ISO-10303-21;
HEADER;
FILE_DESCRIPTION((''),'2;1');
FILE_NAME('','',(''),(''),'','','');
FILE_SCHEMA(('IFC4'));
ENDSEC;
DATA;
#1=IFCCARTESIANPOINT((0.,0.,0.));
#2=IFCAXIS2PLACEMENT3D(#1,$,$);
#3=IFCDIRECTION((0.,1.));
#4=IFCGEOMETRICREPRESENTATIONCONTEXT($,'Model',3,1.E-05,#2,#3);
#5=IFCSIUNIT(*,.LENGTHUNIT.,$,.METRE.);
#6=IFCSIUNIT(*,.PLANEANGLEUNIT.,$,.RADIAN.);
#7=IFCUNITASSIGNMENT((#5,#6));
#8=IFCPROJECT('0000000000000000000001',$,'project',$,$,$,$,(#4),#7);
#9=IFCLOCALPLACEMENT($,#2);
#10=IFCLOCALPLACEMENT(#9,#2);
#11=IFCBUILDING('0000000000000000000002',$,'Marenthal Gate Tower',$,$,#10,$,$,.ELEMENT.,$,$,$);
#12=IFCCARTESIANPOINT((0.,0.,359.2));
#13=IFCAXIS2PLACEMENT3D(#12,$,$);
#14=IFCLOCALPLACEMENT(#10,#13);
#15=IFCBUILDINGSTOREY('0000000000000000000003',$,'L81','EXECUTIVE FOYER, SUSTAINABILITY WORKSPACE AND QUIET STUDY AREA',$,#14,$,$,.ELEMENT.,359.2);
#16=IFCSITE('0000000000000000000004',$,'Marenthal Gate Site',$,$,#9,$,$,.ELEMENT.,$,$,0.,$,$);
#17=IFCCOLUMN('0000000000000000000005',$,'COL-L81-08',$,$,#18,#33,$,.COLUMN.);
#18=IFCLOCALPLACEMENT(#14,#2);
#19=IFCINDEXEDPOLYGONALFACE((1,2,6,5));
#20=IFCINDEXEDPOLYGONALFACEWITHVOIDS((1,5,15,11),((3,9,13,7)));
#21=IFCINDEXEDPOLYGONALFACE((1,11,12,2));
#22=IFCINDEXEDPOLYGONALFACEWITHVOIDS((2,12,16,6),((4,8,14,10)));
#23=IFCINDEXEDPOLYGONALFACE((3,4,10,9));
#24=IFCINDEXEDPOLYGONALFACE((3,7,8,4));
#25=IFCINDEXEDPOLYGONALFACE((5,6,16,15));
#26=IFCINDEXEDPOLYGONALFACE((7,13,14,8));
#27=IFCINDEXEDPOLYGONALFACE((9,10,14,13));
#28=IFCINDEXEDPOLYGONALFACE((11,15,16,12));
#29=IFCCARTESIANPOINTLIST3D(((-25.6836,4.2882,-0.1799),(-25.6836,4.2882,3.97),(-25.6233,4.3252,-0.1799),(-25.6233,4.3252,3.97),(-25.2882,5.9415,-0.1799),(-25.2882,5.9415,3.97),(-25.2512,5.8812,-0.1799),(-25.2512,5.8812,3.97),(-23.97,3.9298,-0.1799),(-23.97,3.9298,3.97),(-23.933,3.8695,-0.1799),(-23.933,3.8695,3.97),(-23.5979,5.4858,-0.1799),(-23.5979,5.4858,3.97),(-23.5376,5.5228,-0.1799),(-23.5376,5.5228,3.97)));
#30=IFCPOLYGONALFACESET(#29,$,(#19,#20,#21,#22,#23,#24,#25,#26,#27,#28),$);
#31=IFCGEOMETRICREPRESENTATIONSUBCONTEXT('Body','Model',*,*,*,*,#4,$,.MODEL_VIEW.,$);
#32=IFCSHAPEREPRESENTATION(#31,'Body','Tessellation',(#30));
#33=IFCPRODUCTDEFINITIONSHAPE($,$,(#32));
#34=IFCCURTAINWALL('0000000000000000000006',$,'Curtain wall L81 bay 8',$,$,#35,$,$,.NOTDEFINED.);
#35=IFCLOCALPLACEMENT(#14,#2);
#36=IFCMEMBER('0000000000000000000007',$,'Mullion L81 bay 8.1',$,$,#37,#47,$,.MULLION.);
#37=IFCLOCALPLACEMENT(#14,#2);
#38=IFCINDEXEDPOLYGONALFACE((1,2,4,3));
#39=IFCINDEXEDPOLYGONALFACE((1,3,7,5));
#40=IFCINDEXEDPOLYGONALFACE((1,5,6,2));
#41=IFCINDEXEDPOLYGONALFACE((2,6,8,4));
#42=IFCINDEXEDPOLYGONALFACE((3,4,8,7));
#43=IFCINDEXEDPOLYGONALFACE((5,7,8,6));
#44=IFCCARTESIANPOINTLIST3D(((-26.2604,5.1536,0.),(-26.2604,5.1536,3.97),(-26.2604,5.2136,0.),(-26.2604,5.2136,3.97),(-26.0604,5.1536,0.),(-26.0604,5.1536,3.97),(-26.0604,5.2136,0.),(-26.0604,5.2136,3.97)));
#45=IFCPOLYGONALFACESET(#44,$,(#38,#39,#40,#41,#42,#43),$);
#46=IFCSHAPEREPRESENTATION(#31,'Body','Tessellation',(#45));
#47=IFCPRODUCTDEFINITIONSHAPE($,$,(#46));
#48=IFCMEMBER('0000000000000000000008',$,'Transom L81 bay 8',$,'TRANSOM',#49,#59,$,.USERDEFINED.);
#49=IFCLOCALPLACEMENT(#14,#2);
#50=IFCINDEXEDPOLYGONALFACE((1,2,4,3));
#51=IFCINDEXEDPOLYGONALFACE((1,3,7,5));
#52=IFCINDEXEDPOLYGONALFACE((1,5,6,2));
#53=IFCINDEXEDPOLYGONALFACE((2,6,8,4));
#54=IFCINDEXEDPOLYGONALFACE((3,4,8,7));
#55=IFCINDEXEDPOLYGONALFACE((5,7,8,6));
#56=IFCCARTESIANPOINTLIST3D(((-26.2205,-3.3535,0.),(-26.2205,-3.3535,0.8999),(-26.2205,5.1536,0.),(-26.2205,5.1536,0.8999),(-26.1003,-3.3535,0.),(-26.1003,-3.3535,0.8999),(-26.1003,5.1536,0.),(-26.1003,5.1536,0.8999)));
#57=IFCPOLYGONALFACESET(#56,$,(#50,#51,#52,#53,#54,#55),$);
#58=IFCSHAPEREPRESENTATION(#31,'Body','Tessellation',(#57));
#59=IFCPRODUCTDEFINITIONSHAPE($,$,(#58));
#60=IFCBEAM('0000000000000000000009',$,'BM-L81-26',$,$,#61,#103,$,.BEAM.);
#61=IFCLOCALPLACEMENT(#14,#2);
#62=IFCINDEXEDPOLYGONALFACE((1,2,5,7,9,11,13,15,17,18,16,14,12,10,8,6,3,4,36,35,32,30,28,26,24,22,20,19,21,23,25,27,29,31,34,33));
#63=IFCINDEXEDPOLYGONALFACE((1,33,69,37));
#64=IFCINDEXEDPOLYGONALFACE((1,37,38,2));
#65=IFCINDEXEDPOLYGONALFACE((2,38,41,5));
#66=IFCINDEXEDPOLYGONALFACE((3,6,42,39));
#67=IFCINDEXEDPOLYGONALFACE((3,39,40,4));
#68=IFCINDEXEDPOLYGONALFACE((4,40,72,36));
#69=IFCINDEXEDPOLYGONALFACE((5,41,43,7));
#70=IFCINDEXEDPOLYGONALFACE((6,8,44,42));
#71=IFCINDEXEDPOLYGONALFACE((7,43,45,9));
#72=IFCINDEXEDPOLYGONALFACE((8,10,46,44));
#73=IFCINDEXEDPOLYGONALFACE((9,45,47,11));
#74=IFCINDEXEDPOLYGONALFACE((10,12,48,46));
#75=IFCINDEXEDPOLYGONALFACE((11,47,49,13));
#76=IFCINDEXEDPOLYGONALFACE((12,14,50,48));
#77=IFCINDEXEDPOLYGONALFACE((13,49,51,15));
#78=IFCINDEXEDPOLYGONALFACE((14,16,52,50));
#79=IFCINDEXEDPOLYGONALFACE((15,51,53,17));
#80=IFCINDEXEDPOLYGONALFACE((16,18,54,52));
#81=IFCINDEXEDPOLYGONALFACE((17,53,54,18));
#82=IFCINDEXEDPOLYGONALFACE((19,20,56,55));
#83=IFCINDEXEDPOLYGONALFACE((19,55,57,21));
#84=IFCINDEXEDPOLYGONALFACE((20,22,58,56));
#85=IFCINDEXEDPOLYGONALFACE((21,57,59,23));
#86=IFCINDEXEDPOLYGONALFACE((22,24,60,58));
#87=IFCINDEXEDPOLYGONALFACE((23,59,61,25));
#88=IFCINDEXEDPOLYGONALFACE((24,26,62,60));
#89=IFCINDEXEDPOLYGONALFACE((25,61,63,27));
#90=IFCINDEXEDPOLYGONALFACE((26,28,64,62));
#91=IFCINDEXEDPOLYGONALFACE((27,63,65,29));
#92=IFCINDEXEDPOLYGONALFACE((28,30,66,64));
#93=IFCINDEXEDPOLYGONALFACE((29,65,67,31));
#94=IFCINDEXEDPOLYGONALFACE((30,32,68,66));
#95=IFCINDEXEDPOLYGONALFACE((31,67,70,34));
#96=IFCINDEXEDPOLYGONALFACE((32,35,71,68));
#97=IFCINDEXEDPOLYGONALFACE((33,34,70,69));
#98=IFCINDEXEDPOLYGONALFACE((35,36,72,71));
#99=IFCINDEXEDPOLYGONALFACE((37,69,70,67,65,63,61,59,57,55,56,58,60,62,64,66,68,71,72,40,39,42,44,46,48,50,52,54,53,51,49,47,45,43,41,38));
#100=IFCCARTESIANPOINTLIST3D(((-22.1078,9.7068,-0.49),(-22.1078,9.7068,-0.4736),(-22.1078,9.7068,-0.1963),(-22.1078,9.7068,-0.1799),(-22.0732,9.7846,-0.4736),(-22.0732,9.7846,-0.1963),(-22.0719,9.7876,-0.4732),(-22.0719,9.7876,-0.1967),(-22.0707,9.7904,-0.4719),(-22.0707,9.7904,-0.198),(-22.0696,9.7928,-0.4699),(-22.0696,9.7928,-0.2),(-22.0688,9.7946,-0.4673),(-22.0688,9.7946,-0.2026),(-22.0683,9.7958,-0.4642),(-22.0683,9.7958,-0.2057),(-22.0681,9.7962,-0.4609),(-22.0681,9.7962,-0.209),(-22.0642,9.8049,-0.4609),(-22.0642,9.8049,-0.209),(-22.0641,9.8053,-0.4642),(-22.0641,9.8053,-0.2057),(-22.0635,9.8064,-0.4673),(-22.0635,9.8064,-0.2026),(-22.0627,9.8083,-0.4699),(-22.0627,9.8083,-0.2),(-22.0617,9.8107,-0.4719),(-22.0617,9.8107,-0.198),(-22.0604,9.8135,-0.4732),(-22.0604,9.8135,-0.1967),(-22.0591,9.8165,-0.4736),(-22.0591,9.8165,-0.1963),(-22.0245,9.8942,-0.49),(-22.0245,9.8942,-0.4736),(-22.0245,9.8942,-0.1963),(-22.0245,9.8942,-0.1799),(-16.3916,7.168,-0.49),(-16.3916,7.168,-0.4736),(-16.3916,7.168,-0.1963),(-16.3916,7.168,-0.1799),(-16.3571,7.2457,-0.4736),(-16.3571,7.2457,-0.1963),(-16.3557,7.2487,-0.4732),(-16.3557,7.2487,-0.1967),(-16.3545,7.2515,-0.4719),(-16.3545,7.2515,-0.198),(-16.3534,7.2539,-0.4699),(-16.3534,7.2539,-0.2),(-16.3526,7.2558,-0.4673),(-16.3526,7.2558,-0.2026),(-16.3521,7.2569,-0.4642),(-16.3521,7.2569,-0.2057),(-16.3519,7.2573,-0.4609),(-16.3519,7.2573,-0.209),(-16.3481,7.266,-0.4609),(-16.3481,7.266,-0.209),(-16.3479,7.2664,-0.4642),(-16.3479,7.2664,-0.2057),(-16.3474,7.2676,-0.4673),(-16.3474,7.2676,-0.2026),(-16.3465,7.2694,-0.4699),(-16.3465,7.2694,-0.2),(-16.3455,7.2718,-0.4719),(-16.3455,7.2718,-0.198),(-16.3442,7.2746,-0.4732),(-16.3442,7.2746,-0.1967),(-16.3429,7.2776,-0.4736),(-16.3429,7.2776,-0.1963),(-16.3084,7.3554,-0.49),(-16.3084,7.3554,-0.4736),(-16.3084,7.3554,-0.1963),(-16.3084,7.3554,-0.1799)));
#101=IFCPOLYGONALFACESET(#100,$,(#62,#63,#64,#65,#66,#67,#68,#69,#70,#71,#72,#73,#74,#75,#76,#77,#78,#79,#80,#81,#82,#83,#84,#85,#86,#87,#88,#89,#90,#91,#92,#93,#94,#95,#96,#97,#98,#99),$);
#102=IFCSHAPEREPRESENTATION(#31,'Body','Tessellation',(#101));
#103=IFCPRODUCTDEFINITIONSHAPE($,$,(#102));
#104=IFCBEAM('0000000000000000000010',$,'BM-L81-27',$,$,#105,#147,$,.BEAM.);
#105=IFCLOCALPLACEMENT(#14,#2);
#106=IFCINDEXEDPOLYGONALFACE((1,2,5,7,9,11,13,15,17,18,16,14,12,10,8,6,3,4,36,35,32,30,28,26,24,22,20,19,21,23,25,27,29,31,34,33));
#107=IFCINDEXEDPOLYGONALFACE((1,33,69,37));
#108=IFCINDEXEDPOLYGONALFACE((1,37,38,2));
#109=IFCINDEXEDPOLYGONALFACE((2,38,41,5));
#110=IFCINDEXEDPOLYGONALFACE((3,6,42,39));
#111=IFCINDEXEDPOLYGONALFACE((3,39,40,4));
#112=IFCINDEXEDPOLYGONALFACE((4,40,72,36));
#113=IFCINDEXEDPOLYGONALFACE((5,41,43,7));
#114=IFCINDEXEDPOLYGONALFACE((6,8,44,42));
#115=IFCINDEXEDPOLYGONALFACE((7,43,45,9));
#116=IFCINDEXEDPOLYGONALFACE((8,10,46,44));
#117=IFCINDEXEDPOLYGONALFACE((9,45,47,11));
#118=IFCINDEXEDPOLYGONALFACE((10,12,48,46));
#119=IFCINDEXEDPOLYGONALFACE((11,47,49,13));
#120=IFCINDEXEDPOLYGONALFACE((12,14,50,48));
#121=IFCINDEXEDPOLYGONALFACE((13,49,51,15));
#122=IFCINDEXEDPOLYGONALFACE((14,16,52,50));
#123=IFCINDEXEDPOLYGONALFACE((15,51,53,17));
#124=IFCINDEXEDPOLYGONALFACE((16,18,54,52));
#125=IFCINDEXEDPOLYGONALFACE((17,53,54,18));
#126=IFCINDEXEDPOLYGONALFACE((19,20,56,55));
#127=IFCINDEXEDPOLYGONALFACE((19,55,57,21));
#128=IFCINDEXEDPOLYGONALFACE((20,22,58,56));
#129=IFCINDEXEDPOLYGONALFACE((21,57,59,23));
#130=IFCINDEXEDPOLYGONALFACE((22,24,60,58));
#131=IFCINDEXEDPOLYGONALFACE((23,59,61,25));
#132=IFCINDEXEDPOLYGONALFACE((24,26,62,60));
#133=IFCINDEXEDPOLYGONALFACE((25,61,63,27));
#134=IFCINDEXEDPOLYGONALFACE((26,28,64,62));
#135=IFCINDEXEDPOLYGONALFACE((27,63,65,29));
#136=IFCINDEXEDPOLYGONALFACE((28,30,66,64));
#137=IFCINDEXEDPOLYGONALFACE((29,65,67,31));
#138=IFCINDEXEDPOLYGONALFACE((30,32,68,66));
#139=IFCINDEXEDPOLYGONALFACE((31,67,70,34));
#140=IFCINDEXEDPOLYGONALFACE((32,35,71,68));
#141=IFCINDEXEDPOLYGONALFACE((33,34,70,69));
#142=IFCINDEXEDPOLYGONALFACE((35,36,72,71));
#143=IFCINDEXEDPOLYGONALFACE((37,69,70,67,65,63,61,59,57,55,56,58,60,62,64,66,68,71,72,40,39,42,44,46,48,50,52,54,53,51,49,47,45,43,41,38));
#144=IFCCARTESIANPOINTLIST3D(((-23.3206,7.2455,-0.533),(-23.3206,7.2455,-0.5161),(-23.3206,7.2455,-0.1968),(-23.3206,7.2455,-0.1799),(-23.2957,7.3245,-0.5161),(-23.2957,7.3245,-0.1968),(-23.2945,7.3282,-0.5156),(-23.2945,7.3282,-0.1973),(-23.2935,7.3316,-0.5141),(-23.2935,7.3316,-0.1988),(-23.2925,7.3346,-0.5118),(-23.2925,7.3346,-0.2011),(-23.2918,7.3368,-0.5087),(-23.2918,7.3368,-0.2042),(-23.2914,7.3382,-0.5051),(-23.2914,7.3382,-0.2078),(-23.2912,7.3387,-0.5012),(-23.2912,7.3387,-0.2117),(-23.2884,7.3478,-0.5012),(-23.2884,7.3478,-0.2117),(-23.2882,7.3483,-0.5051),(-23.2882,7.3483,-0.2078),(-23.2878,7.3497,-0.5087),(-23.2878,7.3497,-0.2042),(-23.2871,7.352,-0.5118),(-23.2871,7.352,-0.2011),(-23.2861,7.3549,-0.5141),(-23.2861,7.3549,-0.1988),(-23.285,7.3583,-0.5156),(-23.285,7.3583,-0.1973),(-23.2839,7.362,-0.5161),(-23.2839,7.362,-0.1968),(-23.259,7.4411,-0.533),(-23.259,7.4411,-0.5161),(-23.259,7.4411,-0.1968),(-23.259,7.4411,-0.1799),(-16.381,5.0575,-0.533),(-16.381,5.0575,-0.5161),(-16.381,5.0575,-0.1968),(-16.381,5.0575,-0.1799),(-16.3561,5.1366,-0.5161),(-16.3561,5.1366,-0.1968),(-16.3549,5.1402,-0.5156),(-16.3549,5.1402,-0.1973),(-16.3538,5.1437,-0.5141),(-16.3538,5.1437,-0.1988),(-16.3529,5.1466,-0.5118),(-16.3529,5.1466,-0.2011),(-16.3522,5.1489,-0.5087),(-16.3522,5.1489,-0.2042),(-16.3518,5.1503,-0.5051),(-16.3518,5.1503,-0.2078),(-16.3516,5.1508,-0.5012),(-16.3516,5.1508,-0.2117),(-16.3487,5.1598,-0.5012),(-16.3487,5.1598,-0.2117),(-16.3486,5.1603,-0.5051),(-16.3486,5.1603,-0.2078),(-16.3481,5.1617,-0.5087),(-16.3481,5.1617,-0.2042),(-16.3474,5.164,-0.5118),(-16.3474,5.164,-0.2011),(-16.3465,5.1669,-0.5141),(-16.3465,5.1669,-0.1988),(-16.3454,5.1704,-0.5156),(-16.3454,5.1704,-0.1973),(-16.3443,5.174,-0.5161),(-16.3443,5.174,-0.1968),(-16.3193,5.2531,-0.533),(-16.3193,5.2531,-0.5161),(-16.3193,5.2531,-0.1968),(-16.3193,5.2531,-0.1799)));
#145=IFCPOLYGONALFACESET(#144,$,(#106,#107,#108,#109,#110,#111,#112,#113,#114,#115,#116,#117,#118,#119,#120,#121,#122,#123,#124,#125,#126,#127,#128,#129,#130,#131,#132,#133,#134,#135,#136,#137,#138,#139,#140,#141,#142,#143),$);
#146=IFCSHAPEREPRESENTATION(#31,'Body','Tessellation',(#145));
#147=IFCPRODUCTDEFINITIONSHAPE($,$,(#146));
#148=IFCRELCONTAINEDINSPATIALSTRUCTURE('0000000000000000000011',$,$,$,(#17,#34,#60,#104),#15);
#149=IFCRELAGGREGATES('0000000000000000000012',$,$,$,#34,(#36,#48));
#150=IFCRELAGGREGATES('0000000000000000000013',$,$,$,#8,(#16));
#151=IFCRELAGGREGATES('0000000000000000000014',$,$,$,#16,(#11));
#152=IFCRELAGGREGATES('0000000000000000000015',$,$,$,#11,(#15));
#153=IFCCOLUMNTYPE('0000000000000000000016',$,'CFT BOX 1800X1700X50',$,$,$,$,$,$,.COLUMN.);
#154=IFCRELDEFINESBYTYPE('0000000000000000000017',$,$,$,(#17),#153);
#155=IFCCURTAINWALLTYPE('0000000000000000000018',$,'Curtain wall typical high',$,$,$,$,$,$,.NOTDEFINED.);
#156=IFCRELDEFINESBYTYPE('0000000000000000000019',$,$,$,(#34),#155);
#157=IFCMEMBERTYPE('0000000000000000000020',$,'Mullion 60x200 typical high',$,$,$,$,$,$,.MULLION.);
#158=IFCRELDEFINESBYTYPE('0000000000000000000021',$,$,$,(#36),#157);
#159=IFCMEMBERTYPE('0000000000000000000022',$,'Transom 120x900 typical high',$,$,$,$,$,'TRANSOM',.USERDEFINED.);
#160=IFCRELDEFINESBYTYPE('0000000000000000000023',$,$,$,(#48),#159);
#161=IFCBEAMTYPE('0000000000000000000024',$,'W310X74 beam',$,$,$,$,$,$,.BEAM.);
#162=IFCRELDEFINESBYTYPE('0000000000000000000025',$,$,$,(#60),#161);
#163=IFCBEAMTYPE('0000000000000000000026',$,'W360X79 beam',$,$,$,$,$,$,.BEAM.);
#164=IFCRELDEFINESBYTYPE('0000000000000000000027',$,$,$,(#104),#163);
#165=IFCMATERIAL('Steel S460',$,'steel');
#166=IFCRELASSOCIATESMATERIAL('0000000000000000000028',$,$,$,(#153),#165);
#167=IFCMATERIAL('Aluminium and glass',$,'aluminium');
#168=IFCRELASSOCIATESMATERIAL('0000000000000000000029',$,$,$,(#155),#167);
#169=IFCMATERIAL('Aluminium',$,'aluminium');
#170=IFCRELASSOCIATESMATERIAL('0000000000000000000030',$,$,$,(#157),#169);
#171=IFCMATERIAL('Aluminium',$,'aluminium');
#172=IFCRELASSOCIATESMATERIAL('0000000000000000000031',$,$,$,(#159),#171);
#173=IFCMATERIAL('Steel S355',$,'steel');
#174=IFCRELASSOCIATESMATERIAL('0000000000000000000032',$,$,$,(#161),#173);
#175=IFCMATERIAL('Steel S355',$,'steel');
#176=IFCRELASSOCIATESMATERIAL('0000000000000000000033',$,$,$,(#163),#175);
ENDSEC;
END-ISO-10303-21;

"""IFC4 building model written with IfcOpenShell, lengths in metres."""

from ifc_helpers import new_model, si_unit, direction, frame, origin, origin_2d, place, context, subcontext, project, spatial, rectangle, hollow_rectangle, i_section, extrude, material, material_profile, profile_set, type_object, element, aggregate, save


model = new_model("IFC4")

# Units and contexts
model_context = context("Model", 3, precision=1e-05, world=origin(), true_north=direction((0.0, 1.0)))
body_context = subcontext(model_context, "Body", "Model", "MODEL_VIEW")
ifc_project = project(units=[si_unit("LENGTHUNIT", "METRE"), si_unit("PLANEANGLEUNIT", "RADIAN")], contexts=[model_context])

# Site, building, storey
site_placement = place(None, origin())
site = spatial("IfcSite", under=ifc_project, at=site_placement, Name="Marenthal Gate Site", CompositionType="ELEMENT", RefElevation=0.0)
building_placement = place(site_placement, origin())
building = spatial("IfcBuilding", under=site, at=building_placement, Name="Marenthal Gate Tower", CompositionType="ELEMENT")
storey_placement = place(building_placement, frame((0.0, 0.0, 359.2)))
storey = spatial("IfcBuildingStorey", under=building, at=storey_placement, Name="L81", Description="EXECUTIVE FOYER, SUSTAINABILITY WORKSPACE AND QUIET STUDY AREA", CompositionType="ELEMENT", Elevation=359.2)

# Column
ifc_material_1 = material(Name="Steel S460", Category="steel")
ifc_material_profile_1 = material_profile(ifc_material_1, hollow_rectangle(XDim=1.7, YDim=1.8, WallThickness=0.05, at=origin_2d()), Name="CFT BOX 1800X1700X50")
ifc_material_2 = material(Name="Concrete 70 MPa", Category="concrete")
ifc_material_profile_2 = material_profile(ifc_material_2, rectangle(XDim=1.6001, YDim=1.7, at=origin_2d()), Name="CFT BOX 1800X1700X50 INFILL")
ifc_profile_set_1 = profile_set([ifc_material_profile_1, ifc_material_profile_2], Name="Steel S460 shell, Concrete 70 MPa infill")
column_type = type_object("IfcColumnType", Name="CFT BOX 1800X1700X50", PredefinedType="COLUMN", material=ifc_profile_set_1)
column_placement = place(storey_placement, frame((-24.6106, 4.9055, -0.1799), z_axis=(0.0, 0.0, 1.0), x_axis=(0.232598, 0.972573, 0.0)))
element("IfcColumn", 1, at=column_placement, inside=storey, type_object=column_type, Name="COL-L81-08", PredefinedType="COLUMN", context=body_context, shape_type="SweptSolid", body=[
    extrude(hollow_rectangle(XDim=1.7, YDim=1.8, WallThickness=0.05, at=origin_2d()), origin(), (0.0, 0.0, 1.0), 4.1499),
])

# Curtain wall, members
ifc_material_3 = material(Name="Aluminium and glass", Category="aluminium")
curtain_wall_type = type_object("IfcCurtainWallType", Name="Curtain wall typical high", PredefinedType="NOTDEFINED", material=ifc_material_3)
curtain_wall_placement = place(storey_placement, origin())
curtain_wall = element("IfcCurtainWall", 2, at=curtain_wall_placement, inside=storey, type_object=curtain_wall_type, Name="Curtain wall L81 bay 8", PredefinedType="NOTDEFINED")
ifc_material_4 = material(Name="Aluminium", Category="aluminium")
ifc_material_profile_3 = material_profile(ifc_material_4, rectangle(XDim=0.2, YDim=0.0601, at=origin_2d()), Name="60x200 aluminium mullion")
ifc_profile_set_2 = profile_set([ifc_material_profile_3], Name="Aluminium")
member_type_1 = type_object("IfcMemberType", Name="Mullion 60x200 typical high", PredefinedType="MULLION", material=ifc_profile_set_2)
member_1_placement = place(storey_placement, frame((-26.1604, 5.1836, 0.0), z_axis=(0.0, 0.0, 1.0), x_axis=(1.0, 0.0, 0.0)))
member_1 = element("IfcMember", 3, at=member_1_placement, type_object=member_type_1, Name="Mullion L81 bay 8.1", PredefinedType="MULLION", context=body_context, shape_type="SweptSolid", body=[
    extrude(rectangle(XDim=0.2, YDim=0.0601, at=origin_2d()), origin(), (0.0, 0.0, 1.0), 3.97),
])
ifc_material_5 = material(Name="Aluminium", Category="aluminium")
ifc_material_profile_4 = material_profile(ifc_material_5, rectangle(XDim=0.1201, YDim=0.8999, at=origin_2d()), Name="120x900 aluminium transom")
ifc_profile_set_3 = profile_set([ifc_material_profile_4], Name="Aluminium")
member_type_2 = type_object("IfcMemberType", Name="Transom 120x900 typical high", ElementType="TRANSOM", PredefinedType="USERDEFINED", material=ifc_profile_set_3)
member_2_placement = place(storey_placement, frame((-26.1604, 5.1536, 0.45), z_axis=(0.0, -1.0, 0.0), x_axis=(1.0, 0.0, 0.0)))
member_2 = element("IfcMember", 4, at=member_2_placement, type_object=member_type_2, Name="Transom L81 bay 8", ObjectType="TRANSOM", PredefinedType="USERDEFINED", context=body_context, shape_type="SweptSolid", body=[
    extrude(rectangle(XDim=0.1201, YDim=0.8999, at=origin_2d()), origin(), (0.0, 0.0, 1.0), 8.5071),
])

# Beams
ifc_material_6 = material(Name="Steel S355", Category="steel")
ifc_material_profile_5 = material_profile(ifc_material_6, i_section(OverallWidth=0.2051, OverallDepth=0.3101, WebThickness=0.0095, FlangeThickness=0.0164, FilletRadius=0.0127, at=origin_2d()), Name="W310X74")
ifc_profile_set_4 = profile_set([ifc_material_profile_5], Name="Steel S355")
beam_type_1 = type_object("IfcBeamType", Name="W310X74 beam", PredefinedType="BEAM", material=ifc_profile_set_4)
beam_1_placement = place(storey_placement, frame((-22.0662, 9.8005, -0.335), z_axis=(0.91391, -0.405918, 0.0), x_axis=(0.405918, 0.91391, 0.0)))
element("IfcBeam", 5, at=beam_1_placement, inside=storey, type_object=beam_type_1, Name="BM-L81-26", PredefinedType="BEAM", context=body_context, shape_type="SweptSolid", body=[
    extrude(i_section(OverallWidth=0.2051, OverallDepth=0.3101, WebThickness=0.0095, FlangeThickness=0.0164, FilletRadius=0.0127, at=origin_2d()), origin(), (0.0, 0.0, 1.0), 6.2546),
])
ifc_material_7 = material(Name="Steel S355", Category="steel")
ifc_material_profile_6 = material_profile(ifc_material_7, i_section(OverallWidth=0.2051, OverallDepth=0.353, WebThickness=0.0095, FlangeThickness=0.0168, FilletRadius=0.0149, at=origin_2d()), Name="W360X79")
ifc_profile_set_5 = profile_set([ifc_material_profile_6], Name="Steel S355")
beam_type_2 = type_object("IfcBeamType", Name="W360X79 beam", PredefinedType="BEAM", material=ifc_profile_set_5)
beam_2_placement = place(storey_placement, frame((-23.2898, 7.3433, -0.3564), z_axis=(0.95372, -0.300695, 0.0), x_axis=(0.300695, 0.95372, 0.0)))
element("IfcBeam", 6, at=beam_2_placement, inside=storey, type_object=beam_type_2, Name="BM-L81-27", PredefinedType="BEAM", context=body_context, shape_type="SweptSolid", body=[
    extrude(i_section(OverallWidth=0.2051, OverallDepth=0.353, WebThickness=0.0095, FlangeThickness=0.0168, FilletRadius=0.0149, at=origin_2d()), origin(), (0.0, 0.0, 1.0), 7.2764),
])

aggregate(curtain_wall, [member_1, member_2])

save(model, "model.ifc")
